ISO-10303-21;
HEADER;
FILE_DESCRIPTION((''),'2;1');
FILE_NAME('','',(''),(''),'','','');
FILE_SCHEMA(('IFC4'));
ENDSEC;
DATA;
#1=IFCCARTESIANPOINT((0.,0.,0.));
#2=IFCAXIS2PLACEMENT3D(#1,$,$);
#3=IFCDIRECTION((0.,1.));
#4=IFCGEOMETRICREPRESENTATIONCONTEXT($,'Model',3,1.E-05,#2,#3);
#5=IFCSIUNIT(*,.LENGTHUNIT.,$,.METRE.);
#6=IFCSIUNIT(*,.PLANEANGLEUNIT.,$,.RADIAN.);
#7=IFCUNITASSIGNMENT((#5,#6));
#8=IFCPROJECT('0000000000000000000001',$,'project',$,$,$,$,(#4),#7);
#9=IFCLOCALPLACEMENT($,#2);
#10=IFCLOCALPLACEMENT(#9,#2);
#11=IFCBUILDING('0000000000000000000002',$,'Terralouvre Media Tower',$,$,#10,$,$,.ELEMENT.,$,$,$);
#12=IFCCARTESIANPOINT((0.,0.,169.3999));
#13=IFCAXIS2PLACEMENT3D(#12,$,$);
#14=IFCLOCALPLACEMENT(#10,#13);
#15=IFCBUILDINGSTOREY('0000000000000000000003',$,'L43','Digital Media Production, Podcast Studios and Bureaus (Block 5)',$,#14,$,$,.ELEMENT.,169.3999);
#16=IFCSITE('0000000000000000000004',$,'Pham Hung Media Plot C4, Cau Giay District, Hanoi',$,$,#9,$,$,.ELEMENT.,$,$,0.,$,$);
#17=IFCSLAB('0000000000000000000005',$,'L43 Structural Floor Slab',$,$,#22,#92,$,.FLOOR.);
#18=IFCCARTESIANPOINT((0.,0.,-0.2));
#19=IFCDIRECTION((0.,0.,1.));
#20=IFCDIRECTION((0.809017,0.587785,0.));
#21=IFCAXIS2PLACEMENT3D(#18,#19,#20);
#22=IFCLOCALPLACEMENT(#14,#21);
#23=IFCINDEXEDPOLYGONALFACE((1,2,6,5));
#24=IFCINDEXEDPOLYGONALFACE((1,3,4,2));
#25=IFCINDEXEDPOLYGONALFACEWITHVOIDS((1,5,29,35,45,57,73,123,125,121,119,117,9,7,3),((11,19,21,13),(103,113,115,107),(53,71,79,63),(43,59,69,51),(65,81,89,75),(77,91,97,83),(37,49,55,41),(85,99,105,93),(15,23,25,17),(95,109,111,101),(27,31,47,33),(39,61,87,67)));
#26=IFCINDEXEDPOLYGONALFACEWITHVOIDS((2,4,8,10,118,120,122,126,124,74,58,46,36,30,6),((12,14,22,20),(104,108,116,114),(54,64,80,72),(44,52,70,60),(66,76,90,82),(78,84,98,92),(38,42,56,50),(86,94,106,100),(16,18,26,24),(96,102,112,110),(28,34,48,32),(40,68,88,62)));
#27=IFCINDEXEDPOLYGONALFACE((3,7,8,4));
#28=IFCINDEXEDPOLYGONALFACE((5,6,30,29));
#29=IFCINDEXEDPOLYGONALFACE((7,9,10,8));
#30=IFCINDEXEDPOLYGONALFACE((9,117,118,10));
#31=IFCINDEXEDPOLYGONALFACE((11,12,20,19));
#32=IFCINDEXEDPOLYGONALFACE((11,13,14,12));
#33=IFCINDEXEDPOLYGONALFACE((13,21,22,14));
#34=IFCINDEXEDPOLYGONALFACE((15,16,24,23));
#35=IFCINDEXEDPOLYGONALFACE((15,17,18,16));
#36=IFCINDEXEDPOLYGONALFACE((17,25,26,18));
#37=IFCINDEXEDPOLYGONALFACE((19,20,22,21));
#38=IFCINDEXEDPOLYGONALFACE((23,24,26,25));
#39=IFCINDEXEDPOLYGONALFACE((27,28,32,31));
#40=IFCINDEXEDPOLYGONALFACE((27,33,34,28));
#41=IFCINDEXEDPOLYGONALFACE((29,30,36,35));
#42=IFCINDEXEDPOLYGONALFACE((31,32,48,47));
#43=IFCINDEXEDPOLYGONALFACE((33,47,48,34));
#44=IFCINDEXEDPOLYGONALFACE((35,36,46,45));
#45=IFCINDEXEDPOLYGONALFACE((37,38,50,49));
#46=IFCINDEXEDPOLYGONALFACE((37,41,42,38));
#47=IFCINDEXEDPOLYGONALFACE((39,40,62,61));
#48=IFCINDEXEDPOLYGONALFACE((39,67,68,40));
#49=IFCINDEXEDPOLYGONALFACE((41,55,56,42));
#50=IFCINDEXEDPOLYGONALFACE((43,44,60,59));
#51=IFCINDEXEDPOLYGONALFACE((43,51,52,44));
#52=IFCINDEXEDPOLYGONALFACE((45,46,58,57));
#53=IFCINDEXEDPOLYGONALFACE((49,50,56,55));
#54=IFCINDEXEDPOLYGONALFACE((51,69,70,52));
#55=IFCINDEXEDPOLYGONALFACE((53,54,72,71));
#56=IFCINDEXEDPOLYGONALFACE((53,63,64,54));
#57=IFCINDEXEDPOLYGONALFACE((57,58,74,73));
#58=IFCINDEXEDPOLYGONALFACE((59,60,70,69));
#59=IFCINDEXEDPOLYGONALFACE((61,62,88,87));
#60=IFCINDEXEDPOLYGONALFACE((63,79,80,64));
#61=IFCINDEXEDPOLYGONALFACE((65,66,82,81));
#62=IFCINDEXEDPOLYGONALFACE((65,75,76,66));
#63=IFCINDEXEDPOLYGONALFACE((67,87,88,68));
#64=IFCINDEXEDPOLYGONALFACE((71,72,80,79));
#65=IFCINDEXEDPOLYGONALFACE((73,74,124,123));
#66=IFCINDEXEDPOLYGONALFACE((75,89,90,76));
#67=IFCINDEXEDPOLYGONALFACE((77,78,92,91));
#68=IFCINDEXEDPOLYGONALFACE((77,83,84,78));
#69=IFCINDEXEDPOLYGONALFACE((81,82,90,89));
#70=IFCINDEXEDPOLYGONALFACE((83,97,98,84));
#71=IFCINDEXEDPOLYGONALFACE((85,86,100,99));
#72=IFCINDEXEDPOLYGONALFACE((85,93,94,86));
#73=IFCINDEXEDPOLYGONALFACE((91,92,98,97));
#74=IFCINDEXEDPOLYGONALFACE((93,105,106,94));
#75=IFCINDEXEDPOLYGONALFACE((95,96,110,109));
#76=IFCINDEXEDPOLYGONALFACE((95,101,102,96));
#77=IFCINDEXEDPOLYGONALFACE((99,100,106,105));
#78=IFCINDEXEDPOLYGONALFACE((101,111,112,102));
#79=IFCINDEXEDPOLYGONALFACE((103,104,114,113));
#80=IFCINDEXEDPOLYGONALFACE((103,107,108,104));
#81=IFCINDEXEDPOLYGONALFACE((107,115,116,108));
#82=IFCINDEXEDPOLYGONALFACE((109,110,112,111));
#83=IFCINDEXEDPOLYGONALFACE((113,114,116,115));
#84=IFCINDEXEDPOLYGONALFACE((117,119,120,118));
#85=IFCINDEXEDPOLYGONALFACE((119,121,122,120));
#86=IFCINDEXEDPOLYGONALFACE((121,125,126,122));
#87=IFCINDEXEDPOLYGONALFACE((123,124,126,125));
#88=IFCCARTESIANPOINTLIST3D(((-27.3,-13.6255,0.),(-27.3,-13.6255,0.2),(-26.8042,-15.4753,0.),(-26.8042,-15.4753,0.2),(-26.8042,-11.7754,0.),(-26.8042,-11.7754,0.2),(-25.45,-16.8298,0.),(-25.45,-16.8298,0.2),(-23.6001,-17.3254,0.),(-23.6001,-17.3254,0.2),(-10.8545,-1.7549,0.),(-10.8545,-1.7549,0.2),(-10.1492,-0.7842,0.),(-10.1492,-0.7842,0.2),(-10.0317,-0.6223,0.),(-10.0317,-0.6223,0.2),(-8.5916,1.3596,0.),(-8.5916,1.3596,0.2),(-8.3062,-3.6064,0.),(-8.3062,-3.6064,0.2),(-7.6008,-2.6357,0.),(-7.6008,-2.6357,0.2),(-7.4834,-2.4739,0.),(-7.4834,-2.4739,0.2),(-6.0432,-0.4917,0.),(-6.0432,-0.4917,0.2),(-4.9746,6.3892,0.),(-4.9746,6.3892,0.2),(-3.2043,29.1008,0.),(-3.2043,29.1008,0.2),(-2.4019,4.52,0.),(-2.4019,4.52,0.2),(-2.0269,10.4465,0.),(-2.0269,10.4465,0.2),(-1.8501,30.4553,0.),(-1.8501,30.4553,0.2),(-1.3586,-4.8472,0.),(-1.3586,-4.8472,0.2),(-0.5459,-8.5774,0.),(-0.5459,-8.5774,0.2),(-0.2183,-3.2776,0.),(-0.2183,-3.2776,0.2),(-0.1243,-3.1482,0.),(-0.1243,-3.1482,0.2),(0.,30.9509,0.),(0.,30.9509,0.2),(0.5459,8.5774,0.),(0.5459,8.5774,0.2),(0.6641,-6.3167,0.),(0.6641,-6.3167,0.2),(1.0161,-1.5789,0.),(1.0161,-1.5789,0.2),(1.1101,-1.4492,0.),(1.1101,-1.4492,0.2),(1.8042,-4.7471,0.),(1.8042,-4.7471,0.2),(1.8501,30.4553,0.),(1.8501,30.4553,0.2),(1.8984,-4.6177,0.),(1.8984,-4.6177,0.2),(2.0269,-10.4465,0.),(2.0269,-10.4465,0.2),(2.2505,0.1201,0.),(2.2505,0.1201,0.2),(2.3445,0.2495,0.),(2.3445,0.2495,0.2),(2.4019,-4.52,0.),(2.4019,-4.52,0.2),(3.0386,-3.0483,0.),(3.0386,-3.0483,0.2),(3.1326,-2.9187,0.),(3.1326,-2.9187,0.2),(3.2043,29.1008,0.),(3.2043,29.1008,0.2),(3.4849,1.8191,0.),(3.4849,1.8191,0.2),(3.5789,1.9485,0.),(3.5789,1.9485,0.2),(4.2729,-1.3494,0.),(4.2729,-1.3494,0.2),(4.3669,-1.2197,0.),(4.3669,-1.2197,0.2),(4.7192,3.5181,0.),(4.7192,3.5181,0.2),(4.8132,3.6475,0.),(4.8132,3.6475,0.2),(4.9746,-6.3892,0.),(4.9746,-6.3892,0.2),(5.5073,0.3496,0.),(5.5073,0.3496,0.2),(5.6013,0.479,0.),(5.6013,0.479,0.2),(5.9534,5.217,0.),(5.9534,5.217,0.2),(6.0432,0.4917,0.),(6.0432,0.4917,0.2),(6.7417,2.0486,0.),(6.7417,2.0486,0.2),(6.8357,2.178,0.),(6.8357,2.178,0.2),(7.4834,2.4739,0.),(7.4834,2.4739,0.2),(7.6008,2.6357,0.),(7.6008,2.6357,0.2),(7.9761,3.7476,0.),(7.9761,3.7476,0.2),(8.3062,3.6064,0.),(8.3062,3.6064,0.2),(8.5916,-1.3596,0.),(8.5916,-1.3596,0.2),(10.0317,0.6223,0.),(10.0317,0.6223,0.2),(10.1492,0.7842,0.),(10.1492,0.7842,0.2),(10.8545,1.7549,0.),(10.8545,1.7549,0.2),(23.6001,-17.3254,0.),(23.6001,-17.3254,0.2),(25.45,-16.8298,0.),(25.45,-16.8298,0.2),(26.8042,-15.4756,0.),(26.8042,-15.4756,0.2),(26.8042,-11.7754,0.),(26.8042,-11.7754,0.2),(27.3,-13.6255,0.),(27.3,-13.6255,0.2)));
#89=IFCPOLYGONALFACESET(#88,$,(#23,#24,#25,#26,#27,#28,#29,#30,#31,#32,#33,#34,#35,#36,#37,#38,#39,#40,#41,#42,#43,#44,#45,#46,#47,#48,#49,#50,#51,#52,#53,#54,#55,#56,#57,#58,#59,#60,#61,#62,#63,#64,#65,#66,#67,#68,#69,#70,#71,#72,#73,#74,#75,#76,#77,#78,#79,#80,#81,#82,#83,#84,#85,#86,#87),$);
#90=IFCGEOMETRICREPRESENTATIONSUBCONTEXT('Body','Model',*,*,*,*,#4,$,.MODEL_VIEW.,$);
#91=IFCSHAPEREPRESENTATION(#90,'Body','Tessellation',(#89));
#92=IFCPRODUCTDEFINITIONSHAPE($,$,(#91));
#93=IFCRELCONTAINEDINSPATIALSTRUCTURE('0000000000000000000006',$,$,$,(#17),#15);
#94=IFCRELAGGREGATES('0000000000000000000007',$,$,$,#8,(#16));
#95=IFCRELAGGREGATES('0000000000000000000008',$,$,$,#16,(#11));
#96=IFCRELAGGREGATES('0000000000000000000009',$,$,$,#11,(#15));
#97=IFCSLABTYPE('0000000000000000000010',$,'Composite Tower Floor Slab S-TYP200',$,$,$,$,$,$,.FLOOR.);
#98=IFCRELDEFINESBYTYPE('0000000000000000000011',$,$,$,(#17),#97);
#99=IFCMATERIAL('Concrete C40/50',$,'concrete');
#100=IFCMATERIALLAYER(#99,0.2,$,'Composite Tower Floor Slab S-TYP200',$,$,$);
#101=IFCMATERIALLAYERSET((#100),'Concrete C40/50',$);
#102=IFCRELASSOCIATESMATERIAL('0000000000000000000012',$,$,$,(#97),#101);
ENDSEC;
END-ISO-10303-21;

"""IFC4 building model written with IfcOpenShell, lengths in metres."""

from ifc_helpers import new_model, si_unit, direction, frame, origin, place, context, subcontext, project, spatial, polyline, outline, extrude, material, layer, layer_set, type_object, element, save


model = new_model("IFC4")

# Units and contexts
model_context = context("Model", 3, precision=1e-05, world=origin(), true_north=direction((0.0, 1.0)))
body_context = subcontext(model_context, "Body", "Model", "MODEL_VIEW")
ifc_project = project(units=[si_unit("LENGTHUNIT", "METRE"), si_unit("PLANEANGLEUNIT", "RADIAN")], contexts=[model_context])

# Site, building, storey
site_placement = place(None, origin())
site = spatial("IfcSite", under=ifc_project, at=site_placement, Name="Pham Hung Media Plot C4, Cau Giay District, Hanoi", CompositionType="ELEMENT", RefElevation=0.0)
building_placement = place(site_placement, origin())
building = spatial("IfcBuilding", under=site, at=building_placement, Name="Terralouvre Media Tower", CompositionType="ELEMENT")
storey_placement = place(building_placement, frame((0.0, 0.0, 169.3999)))
storey = spatial("IfcBuildingStorey", under=building, at=storey_placement, Name="L43", Description="Digital Media Production, Podcast Studios and Bureaus (Block 5)", CompositionType="ELEMENT", Elevation=169.3999)

# Slab
ifc_material_1 = material(Name="Concrete C40/50", Category="concrete")
ifc_layer_1 = layer(ifc_material_1, 0.2, Name="Composite Tower Floor Slab S-TYP200")
ifc_layer_set_1 = layer_set([ifc_layer_1], Name="Concrete C40/50")
slab_type = type_object("IfcSlabType", Name="Composite Tower Floor Slab S-TYP200", PredefinedType="FLOOR", material=ifc_layer_set_1)
slab_placement = place(storey_placement, frame((0.0, 0.0, -0.2), z_axis=(0.0, 0.0, 1.0), x_axis=(0.809017, 0.587785, 0.0)))
element("IfcSlab", 1, at=slab_placement, inside=storey, type_object=slab_type, Name="L43 Structural Floor Slab", PredefinedType="FLOOR", context=body_context, shape_type="SweptSolid", body=[
    extrude(outline(polyline([(-26.8042, -11.7754), (-27.3, -13.6255), (-26.8042, -15.4753), (-25.45, -16.8298), (-23.6001, -17.3254), (23.6001, -17.3254), (25.45, -16.8298), (26.8042, -15.4756), (27.3, -13.6255), (26.8042, -11.7754), (3.2043, 29.1008), (1.8501, 30.4553), (0.0, 30.9509), (-1.8501, 30.4553), (-3.2043, 29.1008), (-26.8042, -11.7754)]), holes=[polyline([(-7.6008, -2.6357), (-8.3062, -3.6064), (-10.8545, -1.7549), (-10.1492, -0.7842), (-7.6008, -2.6357)]), polyline([(-7.4834, -2.4739), (-10.0317, -0.6223), (-8.5916, 1.3596), (-6.0432, -0.4917), (-7.4834, -2.4739)]), polyline([(4.3669, -1.2197), (2.3445, 0.2495), (3.4849, 1.8191), (5.5073, 0.3496), (4.3669, -1.2197)]), polyline([(6.7417, 2.0486), (5.6013, 0.479), (3.5789, 1.9485), (4.7192, 3.5181), (6.7417, 2.0486)]), polyline([(-2.4019, 4.52), (-4.9746, 6.3892), (-2.0269, 10.4465), (0.5459, 8.5774), (-2.4019, 4.52)]), polyline([(6.8357, 2.178), (4.8132, 3.6475), (5.9534, 5.217), (7.9761, 3.7476), (6.8357, 2.178)]), polyline([(-0.5459, -8.5774), (2.4019, -4.52), (4.9746, -6.3892), (2.0269, -10.4465), (-0.5459, -8.5774)]), polyline([(0.6641, -6.3167), (-1.3586, -4.8472), (-0.2183, -3.2776), (1.8042, -4.7471), (0.6641, -6.3167)]), polyline([(1.8984, -4.6177), (-0.1243, -3.1482), (1.0161, -1.5789), (3.0386, -3.0483), (1.8984, -4.6177)]), polyline([(4.2729, -1.3494), (3.1326, -2.9187), (1.1101, -1.4492), (2.2505, 0.1201), (4.2729, -1.3494)]), polyline([(8.5916, -1.3596), (6.0432, 0.4917), (7.4834, 2.4739), (10.0317, 0.6223), (8.5916, -1.3596)]), polyline([(10.1492, 0.7842), (7.6008, 2.6357), (8.3062, 3.6064), (10.8545, 1.7549), (10.1492, 0.7842)])]), origin(), (0.0, 0.0, 1.0), 0.2),
])

save(model, "model.ifc")
